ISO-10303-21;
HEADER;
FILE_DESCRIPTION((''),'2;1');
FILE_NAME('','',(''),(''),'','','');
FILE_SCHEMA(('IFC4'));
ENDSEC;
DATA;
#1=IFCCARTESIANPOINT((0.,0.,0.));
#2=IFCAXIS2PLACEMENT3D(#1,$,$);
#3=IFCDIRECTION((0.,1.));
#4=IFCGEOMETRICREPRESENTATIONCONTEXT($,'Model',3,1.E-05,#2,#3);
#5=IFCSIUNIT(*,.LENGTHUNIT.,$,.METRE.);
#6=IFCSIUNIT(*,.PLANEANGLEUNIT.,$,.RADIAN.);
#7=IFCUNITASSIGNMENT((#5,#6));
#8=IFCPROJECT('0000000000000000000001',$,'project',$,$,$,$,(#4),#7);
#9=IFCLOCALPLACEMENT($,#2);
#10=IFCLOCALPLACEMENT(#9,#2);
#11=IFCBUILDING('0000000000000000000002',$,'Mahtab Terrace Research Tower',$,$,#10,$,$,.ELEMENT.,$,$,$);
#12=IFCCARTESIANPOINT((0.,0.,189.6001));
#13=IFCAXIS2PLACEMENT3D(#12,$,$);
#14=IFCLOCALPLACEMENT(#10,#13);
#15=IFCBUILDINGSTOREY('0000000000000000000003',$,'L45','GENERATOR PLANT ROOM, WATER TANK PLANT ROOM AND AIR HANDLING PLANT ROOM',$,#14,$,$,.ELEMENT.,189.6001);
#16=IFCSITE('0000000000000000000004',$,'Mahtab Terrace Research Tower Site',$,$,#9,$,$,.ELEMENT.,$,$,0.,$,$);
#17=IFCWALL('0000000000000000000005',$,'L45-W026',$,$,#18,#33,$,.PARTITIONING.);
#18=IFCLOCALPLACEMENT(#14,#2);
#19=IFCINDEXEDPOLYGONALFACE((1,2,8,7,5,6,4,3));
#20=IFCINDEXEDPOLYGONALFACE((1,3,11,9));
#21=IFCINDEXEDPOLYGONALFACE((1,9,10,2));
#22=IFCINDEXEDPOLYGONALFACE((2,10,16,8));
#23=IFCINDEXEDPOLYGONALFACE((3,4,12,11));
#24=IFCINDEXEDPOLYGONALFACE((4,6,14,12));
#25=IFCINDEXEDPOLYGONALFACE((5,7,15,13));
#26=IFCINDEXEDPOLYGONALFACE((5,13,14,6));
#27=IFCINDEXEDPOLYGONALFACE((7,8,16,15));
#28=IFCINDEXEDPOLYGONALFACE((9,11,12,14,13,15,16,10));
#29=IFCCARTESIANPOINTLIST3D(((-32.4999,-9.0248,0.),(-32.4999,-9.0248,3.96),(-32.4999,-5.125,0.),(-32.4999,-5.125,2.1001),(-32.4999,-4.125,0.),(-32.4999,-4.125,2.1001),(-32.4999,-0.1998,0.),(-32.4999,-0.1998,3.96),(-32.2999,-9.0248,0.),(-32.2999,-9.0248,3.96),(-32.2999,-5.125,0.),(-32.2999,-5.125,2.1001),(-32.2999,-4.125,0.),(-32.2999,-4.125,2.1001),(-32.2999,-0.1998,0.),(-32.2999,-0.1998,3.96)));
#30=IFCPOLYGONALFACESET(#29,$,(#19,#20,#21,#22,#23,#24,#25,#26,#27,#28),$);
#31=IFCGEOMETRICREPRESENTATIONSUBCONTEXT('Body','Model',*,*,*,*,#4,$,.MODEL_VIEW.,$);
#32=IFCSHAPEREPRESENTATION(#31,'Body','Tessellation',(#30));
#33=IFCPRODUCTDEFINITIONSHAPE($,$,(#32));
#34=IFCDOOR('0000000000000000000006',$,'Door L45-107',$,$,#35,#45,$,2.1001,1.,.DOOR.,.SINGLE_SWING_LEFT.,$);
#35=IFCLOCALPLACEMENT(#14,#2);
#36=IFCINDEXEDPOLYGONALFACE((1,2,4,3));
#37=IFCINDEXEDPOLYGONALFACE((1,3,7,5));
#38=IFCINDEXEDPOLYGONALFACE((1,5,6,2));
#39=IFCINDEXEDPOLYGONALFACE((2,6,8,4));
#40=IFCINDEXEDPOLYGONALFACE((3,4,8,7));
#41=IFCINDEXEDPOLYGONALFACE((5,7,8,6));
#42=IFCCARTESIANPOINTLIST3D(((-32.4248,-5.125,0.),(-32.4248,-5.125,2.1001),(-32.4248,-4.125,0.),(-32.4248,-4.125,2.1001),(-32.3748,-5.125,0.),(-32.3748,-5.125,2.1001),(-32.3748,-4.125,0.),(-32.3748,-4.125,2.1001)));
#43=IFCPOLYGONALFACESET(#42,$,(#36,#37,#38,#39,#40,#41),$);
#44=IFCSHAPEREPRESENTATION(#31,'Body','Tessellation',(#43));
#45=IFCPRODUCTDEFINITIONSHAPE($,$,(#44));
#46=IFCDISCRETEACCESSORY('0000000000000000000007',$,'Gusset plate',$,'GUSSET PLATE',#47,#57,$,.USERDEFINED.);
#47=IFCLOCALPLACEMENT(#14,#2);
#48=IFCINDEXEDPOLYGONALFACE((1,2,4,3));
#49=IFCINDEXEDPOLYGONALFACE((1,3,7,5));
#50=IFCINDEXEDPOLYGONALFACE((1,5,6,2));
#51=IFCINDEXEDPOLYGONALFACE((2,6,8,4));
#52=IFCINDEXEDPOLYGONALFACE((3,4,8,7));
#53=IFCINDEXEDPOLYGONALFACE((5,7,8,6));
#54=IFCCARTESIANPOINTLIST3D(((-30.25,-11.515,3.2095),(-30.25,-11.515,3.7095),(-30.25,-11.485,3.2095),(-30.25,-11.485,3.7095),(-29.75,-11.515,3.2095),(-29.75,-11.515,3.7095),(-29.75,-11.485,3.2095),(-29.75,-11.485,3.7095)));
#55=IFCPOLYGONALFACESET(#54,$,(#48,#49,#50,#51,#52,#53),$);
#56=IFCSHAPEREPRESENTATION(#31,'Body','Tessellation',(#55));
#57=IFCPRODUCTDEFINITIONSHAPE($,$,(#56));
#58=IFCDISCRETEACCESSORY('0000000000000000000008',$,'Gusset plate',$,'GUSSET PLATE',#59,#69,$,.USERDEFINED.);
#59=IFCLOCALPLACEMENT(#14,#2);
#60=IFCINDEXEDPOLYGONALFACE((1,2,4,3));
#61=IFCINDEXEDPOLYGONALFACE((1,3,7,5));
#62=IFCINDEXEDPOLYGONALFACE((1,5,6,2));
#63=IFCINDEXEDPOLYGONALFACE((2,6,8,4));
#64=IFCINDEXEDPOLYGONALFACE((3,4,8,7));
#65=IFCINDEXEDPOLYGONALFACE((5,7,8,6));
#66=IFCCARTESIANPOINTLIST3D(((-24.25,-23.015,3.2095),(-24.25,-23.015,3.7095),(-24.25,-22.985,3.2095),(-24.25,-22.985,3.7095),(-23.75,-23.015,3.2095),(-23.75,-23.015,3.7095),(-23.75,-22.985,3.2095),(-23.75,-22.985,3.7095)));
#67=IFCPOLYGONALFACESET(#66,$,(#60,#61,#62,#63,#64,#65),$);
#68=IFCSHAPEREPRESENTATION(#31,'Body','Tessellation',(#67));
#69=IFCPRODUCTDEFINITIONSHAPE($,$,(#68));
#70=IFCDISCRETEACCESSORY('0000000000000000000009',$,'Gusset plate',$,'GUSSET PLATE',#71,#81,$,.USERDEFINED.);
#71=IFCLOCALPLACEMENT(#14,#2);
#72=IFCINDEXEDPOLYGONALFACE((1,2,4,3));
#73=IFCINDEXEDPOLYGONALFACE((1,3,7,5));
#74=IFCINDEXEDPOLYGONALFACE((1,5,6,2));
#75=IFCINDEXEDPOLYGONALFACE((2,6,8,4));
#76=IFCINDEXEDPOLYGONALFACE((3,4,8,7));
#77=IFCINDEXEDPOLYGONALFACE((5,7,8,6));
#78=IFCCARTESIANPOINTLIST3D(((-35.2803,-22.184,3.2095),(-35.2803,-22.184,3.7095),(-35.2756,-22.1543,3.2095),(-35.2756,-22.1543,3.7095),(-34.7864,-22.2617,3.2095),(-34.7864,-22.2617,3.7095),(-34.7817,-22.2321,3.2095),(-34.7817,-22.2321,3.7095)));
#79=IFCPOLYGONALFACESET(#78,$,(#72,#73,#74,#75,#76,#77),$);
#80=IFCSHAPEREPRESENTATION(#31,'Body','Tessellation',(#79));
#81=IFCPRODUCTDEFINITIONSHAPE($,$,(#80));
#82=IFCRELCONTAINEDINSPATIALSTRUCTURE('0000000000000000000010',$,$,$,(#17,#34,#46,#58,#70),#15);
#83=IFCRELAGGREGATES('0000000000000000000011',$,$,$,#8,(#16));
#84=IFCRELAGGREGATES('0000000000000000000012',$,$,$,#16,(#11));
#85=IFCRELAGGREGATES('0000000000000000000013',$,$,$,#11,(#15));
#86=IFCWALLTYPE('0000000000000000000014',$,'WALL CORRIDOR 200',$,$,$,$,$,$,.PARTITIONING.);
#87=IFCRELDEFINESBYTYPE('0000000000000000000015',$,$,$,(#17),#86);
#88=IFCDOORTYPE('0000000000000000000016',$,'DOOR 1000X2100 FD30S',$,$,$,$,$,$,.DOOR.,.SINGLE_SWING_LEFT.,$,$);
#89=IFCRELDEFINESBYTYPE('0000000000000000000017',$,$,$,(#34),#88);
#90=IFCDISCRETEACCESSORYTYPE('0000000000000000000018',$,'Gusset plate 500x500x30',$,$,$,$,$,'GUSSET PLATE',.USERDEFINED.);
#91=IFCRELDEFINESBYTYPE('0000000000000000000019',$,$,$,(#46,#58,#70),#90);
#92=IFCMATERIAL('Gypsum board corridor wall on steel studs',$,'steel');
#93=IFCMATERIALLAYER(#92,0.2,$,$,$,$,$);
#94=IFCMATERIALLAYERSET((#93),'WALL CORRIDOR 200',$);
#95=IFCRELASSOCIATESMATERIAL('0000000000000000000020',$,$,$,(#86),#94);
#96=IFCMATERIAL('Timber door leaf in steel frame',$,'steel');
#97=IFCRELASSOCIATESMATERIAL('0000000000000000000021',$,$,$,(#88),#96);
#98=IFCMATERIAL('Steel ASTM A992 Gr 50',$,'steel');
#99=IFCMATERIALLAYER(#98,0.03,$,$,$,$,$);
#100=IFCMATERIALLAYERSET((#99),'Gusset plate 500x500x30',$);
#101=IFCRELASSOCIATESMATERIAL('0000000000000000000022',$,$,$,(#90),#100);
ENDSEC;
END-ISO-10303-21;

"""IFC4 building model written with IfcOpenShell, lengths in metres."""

from ifc_helpers import new_model, si_unit, direction, frame, frame_2d, origin, origin_2d, place, context, subcontext, project, spatial, rectangle, extrude, material, layer, layer_set, type_object, element, fill, save


model = new_model("IFC4")

# Units and contexts
model_context = context("Model", 3, precision=1e-05, world=origin(), true_north=direction((0.0, 1.0)))
body_context = subcontext(model_context, "Body", "Model", "MODEL_VIEW")
ifc_project = project(units=[si_unit("LENGTHUNIT", "METRE"), si_unit("PLANEANGLEUNIT", "RADIAN")], contexts=[model_context])

# Site, building, storey
site_placement = place(None, origin())
site = spatial("IfcSite", under=ifc_project, at=site_placement, Name="Mahtab Terrace Research Tower Site", CompositionType="ELEMENT", RefElevation=0.0)
building_placement = place(site_placement, origin())
building = spatial("IfcBuilding", under=site, at=building_placement, Name="Mahtab Terrace Research Tower", CompositionType="ELEMENT")
storey_placement = place(building_placement, frame((0.0, 0.0, 189.6001)))
storey = spatial("IfcBuildingStorey", under=building, at=storey_placement, Name="L45", Description="GENERATOR PLANT ROOM, WATER TANK PLANT ROOM AND AIR HANDLING PLANT ROOM", CompositionType="ELEMENT", Elevation=189.6001)

# Shared definitions
ifc_material_1 = material(Name="Steel ASTM A992 Gr 50", Category="steel")

# Wall, opening, door
ifc_material_2 = material(Name="Gypsum board corridor wall on steel studs", Category="steel")
ifc_layer_1 = layer(ifc_material_2, 0.2)
ifc_layer_set_1 = layer_set([ifc_layer_1], Name="WALL CORRIDOR 200")
wall_type_1 = type_object("IfcWallType", Name="WALL CORRIDOR 200", PredefinedType="PARTITIONING", material=ifc_layer_set_1)
ifc_material_3 = material(Name="Timber door leaf in steel frame", Category="steel")
wall_1_placement = place(storey_placement, frame((-32.3999, -9.0249, 0.0), z_axis=(0.0, 0.0, 1.0), x_axis=(0.0, 1.0, 0.0)))
wall_1 = element("IfcWall", 1, at=wall_1_placement, inside=storey, type_object=wall_type_1, Name="L45-W026", PredefinedType="PARTITIONING", context=body_context, shape_type="SweptSolid", body=[
    extrude(rectangle(XDim=8.825, YDim=0.2, at=frame_2d((4.4126, 0.0))), origin(), (0.0, 0.0, 1.0), 3.96),
])
opening_1_placement = place(wall_1_placement, frame((3.8999, 0.0, 0.0)))
opening_1 = element("IfcOpeningElement", 2, at=opening_1_placement, cuts=wall_1, PredefinedType="OPENING", context=body_context, shape_type="SweptSolid", body=[
    extrude(rectangle(XDim=1.0, YDim=2.1001, at=frame_2d((0.5, 1.05))), frame((0.0, 0.1099, 0.0), z_axis=(0.0, -1.0, 0.0), x_axis=(1.0, 0.0, 0.0)), (0.0, 0.0, 1.0), 0.22),
])
door_type_1 = type_object("IfcDoorType", Name="DOOR 1000X2100 FD30S", OperationType="SINGLE_SWING_LEFT", PredefinedType="DOOR", material=ifc_material_3)
door_1_placement = place(opening_1_placement, origin())
door_1 = element("IfcDoor", 3, at=door_1_placement, inside=storey, type_object=door_type_1, Name="Door L45-107", OperationType="SINGLE_SWING_LEFT", OverallHeight=2.1001, OverallWidth=1.0, PredefinedType="DOOR", context=body_context, shape_type="SweptSolid", body=[
    extrude(rectangle(XDim=1.0, YDim=2.1001, at=frame_2d((0.5, 1.05))), frame((0.0, 0.0249, 0.0), z_axis=(0.0, -1.0, 0.0), x_axis=(1.0, 0.0, 0.0)), (0.0, 0.0, 1.0), 0.05),
])
fill(opening_1, door_1)

# Discrete accessories
ifc_layer_2 = layer(ifc_material_1, 0.03)
ifc_layer_set_2 = layer_set([ifc_layer_2], Name="Gusset plate 500x500x30")
discrete_accessory_type = type_object("IfcDiscreteAccessoryType", Name="Gusset plate 500x500x30", ElementType="GUSSET PLATE", PredefinedType="USERDEFINED", material=ifc_layer_set_2)
for number, where, z_axis, x_axis, name in (
    (4, (-30.0, -11.5, 3.2095), (0.0, 0.0, 1.0), (1.0, 0.0, 0.0), "Gusset plate"),
    (5, (-24.0, -23.0, 3.2095), (0.0, 0.0, 1.0), (1.0, 0.0, 0.0), "Gusset plate"),
    (6, (-35.031, -22.208, 3.2095), (0.0, 0.0, 1.0), (-0.987835, 0.155504, 0.0), "Gusset plate"),
):
    element("IfcDiscreteAccessory", number, at=place(storey_placement, frame(where, z_axis=z_axis, x_axis=x_axis)), inside=storey, type_object=discrete_accessory_type, Name=name, ObjectType="GUSSET PLATE", PredefinedType="USERDEFINED", context=body_context, shape_type="SweptSolid", body=[
        extrude(rectangle(XDim=0.5, YDim=0.03, at=origin_2d()), origin(), (0.0, 0.0, 1.0), 0.5),
    ])

save(model, "model.ifc")
